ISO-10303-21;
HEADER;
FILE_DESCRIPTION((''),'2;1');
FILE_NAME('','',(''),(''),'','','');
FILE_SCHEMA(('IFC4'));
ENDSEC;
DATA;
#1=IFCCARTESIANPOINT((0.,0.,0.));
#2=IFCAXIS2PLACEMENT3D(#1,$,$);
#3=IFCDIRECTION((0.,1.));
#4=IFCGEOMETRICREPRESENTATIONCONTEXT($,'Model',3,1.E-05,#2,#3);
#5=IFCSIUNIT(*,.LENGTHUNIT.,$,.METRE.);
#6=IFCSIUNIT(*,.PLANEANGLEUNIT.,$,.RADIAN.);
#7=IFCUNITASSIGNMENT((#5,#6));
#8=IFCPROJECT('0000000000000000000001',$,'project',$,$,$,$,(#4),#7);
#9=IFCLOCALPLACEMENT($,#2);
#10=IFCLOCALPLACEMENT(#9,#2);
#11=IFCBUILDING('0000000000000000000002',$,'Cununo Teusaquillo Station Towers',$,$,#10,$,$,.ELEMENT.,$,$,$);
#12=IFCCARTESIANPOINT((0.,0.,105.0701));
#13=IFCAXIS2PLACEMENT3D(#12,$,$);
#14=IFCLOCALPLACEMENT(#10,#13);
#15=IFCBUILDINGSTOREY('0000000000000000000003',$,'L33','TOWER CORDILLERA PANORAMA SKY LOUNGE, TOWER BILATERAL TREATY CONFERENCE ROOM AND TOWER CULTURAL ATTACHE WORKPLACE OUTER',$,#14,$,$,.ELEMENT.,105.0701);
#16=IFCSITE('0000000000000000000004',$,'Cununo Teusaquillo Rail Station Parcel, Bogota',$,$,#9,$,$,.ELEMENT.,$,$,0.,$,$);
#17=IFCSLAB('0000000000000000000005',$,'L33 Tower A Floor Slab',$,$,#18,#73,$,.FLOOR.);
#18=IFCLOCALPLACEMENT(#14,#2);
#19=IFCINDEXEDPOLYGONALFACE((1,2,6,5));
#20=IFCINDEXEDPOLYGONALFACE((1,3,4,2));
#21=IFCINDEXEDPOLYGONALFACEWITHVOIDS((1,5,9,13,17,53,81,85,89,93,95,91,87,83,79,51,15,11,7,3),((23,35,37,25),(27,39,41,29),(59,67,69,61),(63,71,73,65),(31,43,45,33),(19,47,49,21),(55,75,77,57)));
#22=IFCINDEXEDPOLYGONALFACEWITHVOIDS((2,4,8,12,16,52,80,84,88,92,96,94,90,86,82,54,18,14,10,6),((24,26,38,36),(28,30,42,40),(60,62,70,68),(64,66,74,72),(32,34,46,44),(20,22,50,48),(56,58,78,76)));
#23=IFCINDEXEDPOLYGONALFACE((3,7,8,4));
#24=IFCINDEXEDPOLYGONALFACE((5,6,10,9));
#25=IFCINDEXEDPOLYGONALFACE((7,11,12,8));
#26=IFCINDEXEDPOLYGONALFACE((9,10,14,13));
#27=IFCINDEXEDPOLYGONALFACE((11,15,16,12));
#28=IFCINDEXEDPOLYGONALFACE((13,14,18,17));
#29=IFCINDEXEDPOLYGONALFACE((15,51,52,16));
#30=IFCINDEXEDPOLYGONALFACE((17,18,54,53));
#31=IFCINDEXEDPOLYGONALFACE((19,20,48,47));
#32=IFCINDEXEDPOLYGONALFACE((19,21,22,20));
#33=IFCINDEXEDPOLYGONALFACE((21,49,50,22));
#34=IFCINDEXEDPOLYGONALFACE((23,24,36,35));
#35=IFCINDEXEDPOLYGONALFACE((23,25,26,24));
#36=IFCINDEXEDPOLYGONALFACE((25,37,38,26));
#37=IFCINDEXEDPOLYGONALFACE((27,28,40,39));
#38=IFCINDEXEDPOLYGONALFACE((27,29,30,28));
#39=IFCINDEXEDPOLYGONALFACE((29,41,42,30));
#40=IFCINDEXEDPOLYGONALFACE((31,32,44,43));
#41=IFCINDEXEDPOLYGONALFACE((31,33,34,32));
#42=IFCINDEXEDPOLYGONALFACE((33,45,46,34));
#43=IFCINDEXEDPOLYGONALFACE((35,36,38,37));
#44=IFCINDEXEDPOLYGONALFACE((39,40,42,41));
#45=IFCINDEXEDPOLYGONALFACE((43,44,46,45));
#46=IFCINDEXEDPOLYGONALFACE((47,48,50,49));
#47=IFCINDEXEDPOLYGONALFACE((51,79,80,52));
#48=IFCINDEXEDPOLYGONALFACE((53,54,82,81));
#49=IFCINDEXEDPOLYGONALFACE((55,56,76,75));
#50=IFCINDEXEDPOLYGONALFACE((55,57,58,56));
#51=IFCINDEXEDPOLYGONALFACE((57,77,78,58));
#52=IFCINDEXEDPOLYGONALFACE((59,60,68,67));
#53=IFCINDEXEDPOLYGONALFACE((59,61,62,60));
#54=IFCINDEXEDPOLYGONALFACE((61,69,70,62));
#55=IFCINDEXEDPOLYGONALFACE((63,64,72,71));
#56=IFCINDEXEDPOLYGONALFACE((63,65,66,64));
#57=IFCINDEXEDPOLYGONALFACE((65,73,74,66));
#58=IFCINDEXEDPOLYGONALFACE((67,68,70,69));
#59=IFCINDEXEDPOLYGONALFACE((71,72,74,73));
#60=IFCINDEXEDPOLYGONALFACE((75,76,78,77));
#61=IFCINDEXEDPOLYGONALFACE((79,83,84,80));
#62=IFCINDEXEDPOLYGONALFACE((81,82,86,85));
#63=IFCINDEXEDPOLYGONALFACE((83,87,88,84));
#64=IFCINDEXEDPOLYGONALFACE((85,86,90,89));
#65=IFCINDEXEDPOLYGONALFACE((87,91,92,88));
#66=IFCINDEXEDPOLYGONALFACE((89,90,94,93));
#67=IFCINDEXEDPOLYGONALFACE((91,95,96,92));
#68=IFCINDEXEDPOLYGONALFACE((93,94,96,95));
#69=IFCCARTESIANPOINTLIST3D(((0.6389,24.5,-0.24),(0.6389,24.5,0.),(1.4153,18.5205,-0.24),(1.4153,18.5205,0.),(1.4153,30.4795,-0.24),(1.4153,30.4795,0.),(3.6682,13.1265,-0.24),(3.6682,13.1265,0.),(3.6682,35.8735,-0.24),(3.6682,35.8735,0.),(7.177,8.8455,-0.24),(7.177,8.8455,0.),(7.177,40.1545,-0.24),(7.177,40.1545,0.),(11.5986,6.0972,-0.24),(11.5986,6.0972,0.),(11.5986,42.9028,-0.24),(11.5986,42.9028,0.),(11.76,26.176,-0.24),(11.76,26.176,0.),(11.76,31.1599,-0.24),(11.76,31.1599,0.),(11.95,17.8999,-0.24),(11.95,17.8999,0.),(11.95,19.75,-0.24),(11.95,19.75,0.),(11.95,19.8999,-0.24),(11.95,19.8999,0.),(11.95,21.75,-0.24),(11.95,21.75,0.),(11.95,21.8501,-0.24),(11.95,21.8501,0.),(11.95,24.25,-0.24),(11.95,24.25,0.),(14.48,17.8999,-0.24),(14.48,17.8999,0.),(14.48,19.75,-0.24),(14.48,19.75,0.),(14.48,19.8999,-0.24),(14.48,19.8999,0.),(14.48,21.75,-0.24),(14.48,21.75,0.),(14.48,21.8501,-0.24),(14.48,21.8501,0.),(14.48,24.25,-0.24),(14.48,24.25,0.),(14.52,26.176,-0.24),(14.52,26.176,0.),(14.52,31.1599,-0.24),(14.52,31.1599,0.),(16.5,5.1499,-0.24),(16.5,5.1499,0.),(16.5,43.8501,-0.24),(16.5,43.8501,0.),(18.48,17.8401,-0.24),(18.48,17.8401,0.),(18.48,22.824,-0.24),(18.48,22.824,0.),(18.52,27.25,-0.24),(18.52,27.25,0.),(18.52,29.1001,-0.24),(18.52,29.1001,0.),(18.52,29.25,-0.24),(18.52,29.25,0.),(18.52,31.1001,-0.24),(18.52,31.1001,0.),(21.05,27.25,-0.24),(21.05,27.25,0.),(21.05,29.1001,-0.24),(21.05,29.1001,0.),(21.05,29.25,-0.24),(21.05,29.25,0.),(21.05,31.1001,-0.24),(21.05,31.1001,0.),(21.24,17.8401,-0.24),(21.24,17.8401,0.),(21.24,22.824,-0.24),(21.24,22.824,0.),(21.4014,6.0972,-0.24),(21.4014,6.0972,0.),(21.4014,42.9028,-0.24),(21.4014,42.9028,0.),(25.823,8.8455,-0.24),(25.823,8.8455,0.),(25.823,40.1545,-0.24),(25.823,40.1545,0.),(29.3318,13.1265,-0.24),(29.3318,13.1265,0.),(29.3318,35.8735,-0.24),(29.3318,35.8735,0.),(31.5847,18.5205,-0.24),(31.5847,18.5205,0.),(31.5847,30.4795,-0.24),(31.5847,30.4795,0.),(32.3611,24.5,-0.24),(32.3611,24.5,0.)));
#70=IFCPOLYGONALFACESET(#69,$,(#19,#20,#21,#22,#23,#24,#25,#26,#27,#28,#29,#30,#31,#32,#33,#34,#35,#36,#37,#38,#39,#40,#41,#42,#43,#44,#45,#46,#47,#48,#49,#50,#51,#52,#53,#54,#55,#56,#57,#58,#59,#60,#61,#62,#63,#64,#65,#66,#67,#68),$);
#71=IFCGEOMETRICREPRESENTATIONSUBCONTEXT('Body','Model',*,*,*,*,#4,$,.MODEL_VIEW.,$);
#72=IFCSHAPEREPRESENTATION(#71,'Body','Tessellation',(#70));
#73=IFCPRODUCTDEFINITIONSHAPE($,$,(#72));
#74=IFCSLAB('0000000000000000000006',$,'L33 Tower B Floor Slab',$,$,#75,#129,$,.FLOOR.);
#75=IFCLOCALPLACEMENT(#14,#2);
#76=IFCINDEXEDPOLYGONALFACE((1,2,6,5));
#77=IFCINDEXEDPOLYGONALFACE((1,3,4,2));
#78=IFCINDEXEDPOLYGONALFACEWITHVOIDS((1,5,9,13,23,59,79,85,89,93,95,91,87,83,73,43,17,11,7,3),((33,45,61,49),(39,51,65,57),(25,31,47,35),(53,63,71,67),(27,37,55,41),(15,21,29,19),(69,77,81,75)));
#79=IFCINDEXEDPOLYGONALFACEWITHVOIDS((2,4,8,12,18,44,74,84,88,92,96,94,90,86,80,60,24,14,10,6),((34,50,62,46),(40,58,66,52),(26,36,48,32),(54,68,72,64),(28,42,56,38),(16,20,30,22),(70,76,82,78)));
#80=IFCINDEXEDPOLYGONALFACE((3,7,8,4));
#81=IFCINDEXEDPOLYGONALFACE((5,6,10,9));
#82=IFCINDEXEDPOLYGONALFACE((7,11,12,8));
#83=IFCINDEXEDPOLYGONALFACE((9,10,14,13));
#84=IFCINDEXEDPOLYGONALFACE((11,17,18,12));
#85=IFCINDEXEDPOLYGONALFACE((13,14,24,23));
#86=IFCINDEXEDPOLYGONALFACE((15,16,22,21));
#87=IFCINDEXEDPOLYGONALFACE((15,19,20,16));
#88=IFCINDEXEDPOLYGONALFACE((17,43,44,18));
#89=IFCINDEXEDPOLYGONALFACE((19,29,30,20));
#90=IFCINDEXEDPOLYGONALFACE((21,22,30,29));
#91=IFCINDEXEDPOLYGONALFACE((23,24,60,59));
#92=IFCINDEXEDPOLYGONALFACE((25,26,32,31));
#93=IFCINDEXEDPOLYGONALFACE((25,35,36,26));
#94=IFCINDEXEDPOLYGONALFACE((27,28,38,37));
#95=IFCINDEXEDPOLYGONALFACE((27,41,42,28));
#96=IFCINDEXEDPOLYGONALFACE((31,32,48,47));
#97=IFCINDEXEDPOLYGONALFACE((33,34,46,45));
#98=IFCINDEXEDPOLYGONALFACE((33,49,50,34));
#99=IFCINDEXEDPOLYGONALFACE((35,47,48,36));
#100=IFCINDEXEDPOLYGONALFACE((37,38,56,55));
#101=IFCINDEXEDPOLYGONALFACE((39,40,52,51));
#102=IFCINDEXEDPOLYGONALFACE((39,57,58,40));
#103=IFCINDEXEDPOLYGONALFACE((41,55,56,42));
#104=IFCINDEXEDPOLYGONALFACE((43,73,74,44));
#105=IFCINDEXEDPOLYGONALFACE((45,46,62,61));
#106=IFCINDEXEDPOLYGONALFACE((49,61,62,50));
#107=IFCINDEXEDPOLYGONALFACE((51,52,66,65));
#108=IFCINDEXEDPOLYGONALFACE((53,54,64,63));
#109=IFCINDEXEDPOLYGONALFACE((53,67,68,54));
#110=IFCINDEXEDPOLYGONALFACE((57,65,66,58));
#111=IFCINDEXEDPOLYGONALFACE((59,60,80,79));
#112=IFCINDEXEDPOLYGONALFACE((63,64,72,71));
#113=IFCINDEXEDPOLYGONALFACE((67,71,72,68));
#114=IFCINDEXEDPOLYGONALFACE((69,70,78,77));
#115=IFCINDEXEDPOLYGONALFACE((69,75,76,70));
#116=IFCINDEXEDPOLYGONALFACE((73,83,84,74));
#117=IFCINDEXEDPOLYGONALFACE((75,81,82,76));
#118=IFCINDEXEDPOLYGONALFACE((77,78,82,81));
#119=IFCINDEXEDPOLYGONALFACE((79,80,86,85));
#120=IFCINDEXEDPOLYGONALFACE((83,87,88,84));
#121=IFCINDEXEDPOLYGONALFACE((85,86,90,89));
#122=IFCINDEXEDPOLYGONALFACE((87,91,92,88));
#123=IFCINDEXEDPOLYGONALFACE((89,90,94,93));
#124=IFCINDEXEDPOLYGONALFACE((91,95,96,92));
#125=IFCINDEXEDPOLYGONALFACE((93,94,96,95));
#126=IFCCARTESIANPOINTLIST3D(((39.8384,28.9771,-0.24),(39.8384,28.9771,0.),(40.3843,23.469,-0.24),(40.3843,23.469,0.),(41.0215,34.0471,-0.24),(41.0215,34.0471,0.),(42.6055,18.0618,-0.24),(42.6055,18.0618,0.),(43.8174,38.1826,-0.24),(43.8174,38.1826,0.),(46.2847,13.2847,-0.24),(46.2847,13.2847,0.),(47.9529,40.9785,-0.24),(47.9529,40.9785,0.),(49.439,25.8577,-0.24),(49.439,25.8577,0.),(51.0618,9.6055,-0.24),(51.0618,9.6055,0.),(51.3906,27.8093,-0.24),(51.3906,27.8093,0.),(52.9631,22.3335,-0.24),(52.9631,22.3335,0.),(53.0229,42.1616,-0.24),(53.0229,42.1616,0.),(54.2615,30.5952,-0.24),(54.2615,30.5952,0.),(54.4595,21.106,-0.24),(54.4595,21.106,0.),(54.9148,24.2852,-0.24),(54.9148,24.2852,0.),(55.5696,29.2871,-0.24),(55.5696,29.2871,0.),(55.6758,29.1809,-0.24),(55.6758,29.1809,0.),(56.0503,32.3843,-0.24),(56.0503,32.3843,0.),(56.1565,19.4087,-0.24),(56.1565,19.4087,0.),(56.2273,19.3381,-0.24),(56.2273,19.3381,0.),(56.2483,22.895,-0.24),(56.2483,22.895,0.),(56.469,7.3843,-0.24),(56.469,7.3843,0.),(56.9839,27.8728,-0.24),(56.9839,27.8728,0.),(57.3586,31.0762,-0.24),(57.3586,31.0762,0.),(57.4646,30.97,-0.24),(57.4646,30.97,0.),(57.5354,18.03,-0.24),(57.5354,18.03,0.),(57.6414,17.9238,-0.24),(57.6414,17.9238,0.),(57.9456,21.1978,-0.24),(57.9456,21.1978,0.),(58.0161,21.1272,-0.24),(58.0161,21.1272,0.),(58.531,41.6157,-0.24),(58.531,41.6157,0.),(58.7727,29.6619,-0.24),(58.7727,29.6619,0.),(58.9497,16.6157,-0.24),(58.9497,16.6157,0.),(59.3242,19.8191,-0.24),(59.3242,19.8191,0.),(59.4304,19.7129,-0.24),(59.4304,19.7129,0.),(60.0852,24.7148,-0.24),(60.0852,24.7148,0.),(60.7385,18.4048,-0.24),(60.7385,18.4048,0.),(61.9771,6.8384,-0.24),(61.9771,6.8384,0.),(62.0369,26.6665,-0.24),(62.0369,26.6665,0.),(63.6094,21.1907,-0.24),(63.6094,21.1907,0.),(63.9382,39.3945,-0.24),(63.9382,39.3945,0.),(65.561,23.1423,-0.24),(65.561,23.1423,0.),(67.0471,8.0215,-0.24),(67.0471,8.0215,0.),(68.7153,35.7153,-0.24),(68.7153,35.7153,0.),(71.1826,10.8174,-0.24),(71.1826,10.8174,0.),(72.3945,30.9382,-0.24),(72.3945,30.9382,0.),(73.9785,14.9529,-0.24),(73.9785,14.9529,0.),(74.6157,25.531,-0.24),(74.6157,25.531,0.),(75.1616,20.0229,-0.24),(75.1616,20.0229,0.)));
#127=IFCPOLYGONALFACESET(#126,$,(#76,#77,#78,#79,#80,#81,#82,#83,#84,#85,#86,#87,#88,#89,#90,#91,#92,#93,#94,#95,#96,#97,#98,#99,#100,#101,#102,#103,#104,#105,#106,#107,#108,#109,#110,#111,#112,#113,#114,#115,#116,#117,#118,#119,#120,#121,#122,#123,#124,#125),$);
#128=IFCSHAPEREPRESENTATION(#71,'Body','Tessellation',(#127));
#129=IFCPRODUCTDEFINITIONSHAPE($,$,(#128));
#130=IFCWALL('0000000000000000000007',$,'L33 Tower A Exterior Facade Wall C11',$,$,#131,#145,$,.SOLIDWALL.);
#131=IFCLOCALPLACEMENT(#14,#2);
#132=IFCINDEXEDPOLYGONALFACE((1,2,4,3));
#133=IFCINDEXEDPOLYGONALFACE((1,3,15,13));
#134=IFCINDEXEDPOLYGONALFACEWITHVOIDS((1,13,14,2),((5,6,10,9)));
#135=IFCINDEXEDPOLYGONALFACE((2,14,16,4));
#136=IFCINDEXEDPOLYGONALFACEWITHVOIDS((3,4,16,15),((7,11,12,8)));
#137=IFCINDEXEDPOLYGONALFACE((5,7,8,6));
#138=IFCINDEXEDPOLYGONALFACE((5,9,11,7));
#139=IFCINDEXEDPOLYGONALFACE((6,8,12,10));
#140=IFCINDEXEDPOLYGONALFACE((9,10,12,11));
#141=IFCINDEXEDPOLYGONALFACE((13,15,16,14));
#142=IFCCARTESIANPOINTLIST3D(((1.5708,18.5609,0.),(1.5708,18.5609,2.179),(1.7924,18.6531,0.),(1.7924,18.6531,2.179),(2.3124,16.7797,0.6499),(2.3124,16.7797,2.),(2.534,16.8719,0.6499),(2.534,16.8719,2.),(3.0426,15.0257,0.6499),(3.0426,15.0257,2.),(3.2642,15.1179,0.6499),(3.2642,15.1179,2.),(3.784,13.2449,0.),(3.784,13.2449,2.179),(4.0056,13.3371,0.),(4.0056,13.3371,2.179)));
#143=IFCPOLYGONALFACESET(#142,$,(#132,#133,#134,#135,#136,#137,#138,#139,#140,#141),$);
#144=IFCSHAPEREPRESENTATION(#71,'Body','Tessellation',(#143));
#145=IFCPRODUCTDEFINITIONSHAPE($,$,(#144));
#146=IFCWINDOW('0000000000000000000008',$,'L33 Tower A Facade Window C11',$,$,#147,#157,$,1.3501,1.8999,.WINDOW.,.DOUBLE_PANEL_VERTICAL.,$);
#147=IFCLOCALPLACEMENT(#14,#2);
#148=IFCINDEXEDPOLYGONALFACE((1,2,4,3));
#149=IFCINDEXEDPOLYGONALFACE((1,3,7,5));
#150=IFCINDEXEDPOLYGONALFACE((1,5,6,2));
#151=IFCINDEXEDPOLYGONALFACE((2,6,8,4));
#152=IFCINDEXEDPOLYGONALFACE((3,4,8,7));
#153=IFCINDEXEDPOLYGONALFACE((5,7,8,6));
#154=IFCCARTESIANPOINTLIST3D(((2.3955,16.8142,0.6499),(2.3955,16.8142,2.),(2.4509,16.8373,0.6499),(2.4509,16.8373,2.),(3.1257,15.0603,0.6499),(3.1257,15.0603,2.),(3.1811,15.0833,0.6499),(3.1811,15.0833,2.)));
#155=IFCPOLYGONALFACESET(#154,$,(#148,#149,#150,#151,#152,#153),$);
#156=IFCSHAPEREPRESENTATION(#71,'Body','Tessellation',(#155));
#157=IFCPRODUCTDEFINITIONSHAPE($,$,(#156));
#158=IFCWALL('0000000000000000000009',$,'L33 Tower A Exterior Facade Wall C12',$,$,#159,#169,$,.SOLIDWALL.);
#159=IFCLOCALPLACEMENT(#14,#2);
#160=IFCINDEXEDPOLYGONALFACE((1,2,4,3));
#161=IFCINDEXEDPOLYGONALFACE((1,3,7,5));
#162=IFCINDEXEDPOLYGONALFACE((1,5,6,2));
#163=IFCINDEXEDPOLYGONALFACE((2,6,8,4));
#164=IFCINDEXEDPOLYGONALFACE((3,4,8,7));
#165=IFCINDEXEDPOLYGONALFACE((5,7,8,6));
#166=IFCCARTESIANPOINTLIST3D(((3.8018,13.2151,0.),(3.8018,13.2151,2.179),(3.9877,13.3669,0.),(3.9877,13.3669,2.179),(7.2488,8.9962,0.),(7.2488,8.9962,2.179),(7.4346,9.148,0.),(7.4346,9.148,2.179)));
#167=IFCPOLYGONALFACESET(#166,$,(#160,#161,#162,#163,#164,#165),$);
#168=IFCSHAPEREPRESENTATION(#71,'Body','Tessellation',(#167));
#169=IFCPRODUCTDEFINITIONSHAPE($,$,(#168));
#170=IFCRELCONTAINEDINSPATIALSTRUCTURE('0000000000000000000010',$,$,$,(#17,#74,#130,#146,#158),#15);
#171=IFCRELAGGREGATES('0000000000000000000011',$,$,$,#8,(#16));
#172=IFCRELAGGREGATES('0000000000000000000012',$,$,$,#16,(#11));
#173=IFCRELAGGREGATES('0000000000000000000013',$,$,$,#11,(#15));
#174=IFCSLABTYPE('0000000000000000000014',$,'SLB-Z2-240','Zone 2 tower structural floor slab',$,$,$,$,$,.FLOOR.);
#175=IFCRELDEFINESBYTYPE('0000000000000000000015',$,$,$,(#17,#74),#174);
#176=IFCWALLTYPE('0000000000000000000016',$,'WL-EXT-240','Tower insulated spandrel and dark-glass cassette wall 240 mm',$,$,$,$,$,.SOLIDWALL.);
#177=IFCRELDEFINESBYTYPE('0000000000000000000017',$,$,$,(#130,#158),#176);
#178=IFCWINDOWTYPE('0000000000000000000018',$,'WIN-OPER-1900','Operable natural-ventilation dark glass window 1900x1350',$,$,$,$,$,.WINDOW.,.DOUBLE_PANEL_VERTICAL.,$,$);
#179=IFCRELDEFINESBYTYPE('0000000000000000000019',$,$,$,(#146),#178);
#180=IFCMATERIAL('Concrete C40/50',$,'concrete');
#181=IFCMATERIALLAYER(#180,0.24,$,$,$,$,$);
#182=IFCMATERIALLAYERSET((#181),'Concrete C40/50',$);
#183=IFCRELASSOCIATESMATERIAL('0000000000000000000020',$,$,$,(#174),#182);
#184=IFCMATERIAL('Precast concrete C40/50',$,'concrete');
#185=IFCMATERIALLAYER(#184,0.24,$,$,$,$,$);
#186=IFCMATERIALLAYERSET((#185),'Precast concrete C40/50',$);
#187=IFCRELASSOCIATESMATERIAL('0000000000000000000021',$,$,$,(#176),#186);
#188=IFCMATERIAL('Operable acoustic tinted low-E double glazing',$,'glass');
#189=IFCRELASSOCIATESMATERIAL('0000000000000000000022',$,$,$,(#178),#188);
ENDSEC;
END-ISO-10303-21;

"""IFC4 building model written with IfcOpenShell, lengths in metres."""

from ifc_helpers import new_model, si_unit, direction, frame, frame_2d, origin, place, context, subcontext, project, spatial, polyline, rectangle, outline, extrude, source, transform, mapped, material, layer, layer_set, type_object, element, fill, save


model = new_model("IFC4")

# Units and contexts
model_context = context("Model", 3, precision=1e-05, world=origin(), true_north=direction((0.0, 1.0)))
body_context = subcontext(model_context, "Body", "Model", "MODEL_VIEW")
ifc_project = project(units=[si_unit("LENGTHUNIT", "METRE"), si_unit("PLANEANGLEUNIT", "RADIAN")], contexts=[model_context])

# Site, building, storey
site_placement = place(None, origin())
site = spatial("IfcSite", under=ifc_project, at=site_placement, Name="Cununo Teusaquillo Rail Station Parcel, Bogota", CompositionType="ELEMENT", RefElevation=0.0)
building_placement = place(site_placement, origin())
building = spatial("IfcBuilding", under=site, at=building_placement, Name="Cununo Teusaquillo Station Towers", CompositionType="ELEMENT")
storey_placement = place(building_placement, frame((0.0, 0.0, 105.0701)))
storey = spatial("IfcBuildingStorey", under=building, at=storey_placement, Name="L33", Description="TOWER CORDILLERA PANORAMA SKY LOUNGE, TOWER BILATERAL TREATY CONFERENCE ROOM AND TOWER CULTURAL ATTACHE WORKPLACE OUTER", CompositionType="ELEMENT", Elevation=105.0701)

# Slabs
ifc_material_1 = material(Name="Concrete C40/50", Category="concrete")
ifc_layer_1 = layer(ifc_material_1, 0.24)
ifc_layer_set_1 = layer_set([ifc_layer_1], Name="Concrete C40/50")
slab_type_1 = type_object("IfcSlabType", Name="SLB-Z2-240", Description="Zone 2 tower structural floor slab", PredefinedType="FLOOR", material=ifc_layer_set_1)
slab_1_placement = place(storey_placement, frame((0.0, 0.0, -0.24)))
element("IfcSlab", 1, at=slab_1_placement, inside=storey, type_object=slab_type_1, Name="L33 Tower A Floor Slab", PredefinedType="FLOOR", context=body_context, shape_type="SweptSolid", body=[
    extrude(outline(polyline([(32.3611, 24.5), (31.5847, 30.4795), (29.3318, 35.8735), (25.823, 40.1545), (21.4014, 42.9028), (16.5, 43.8501), (11.5986, 42.9028), (7.177, 40.1545), (3.6682, 35.8735), (1.4153, 30.4795), (0.6389, 24.5), (1.4153, 18.5205), (3.6682, 13.1265), (7.177, 8.8455), (11.5986, 6.0972), (16.5, 5.1499), (21.4014, 6.0972), (25.823, 8.8455), (29.3318, 13.1265), (31.5847, 18.5205), (32.3611, 24.5)]), holes=[polyline([(14.52, 26.176), (14.52, 31.1599), (11.76, 31.1599), (11.76, 26.176), (14.52, 26.176)]), polyline([(18.48, 22.824), (18.48, 17.8401), (21.24, 17.8401), (21.24, 22.824), (18.48, 22.824)]), polyline([(11.95, 21.8501), (14.48, 21.8501), (14.48, 24.25), (11.95, 24.25), (11.95, 21.8501)]), polyline([(11.95, 17.8999), (14.48, 17.8999), (14.48, 19.75), (11.95, 19.75), (11.95, 17.8999)]), polyline([(11.95, 19.8999), (14.48, 19.8999), (14.48, 21.75), (11.95, 21.75), (11.95, 19.8999)]), polyline([(18.52, 27.25), (21.05, 27.25), (21.05, 29.1001), (18.52, 29.1001), (18.52, 27.25)]), polyline([(18.52, 29.25), (21.05, 29.25), (21.05, 31.1001), (18.52, 31.1001), (18.52, 29.25)])]), origin(), (0.0, 0.0, 1.0), 0.24),
])
slab_2_placement = place(storey_placement, frame((0.0, 0.0, -0.24)))
element("IfcSlab", 2, at=slab_2_placement, inside=storey, type_object=slab_type_1, Name="L33 Tower B Floor Slab", PredefinedType="FLOOR", context=body_context, shape_type="SweptSolid", body=[
    extrude(outline(polyline([(68.7153, 35.7153), (63.9382, 39.3945), (58.531, 41.6157), (53.0229, 42.1616), (47.9529, 40.9785), (43.8174, 38.1826), (41.0215, 34.0471), (39.8384, 28.9771), (40.3843, 23.469), (42.6055, 18.0618), (46.2847, 13.2847), (51.0618, 9.6055), (56.469, 7.3843), (61.9771, 6.8384), (67.0471, 8.0215), (71.1826, 10.8174), (73.9785, 14.9529), (75.1616, 20.0229), (74.6157, 25.531), (72.3945, 30.9382), (68.7153, 35.7153)]), holes=[polyline([(54.9148, 24.2852), (51.3906, 27.8093), (49.439, 25.8577), (52.9631, 22.3335), (54.9148, 24.2852)]), polyline([(60.0852, 24.7148), (63.6094, 21.1907), (65.561, 23.1423), (62.0369, 26.6665), (60.0852, 24.7148)]), polyline([(56.1565, 19.4087), (57.9456, 21.1978), (56.2483, 22.895), (54.4595, 21.106), (56.1565, 19.4087)]), polyline([(58.9497, 16.6157), (60.7385, 18.4048), (59.4304, 19.7129), (57.6414, 17.9238), (58.9497, 16.6157)]), polyline([(57.5354, 18.03), (59.3242, 19.8191), (58.0161, 21.1272), (56.2273, 19.3381), (57.5354, 18.03)]), polyline([(56.9839, 27.8728), (58.7727, 29.6619), (57.4646, 30.97), (55.6758, 29.1809), (56.9839, 27.8728)]), polyline([(55.5696, 29.2871), (57.3586, 31.0762), (56.0503, 32.3843), (54.2615, 30.5952), (55.5696, 29.2871)])]), origin(), (0.0, 0.0, 1.0), 0.24),
])

# Wall, opening, window
ifc_material_2 = material(Name="Precast concrete C40/50", Category="concrete")
ifc_layer_2 = layer(ifc_material_2, 0.24)
ifc_layer_set_2 = layer_set([ifc_layer_2], Name="Precast concrete C40/50")
wall_type_1 = type_object("IfcWallType", Name="WL-EXT-240", Description="Tower insulated spandrel and dark-glass cassette wall 240 mm", PredefinedType="SOLIDWALL", material=ifc_layer_set_2)
wall_1_placement = place(storey_placement, frame((3.8948, 13.291, 0.0), z_axis=(0.0, 0.0, 1.0), x_axis=(-0.384344, 0.92319, 0.0)))
wall_1 = element("IfcWall", 3, at=wall_1_placement, inside=storey, type_object=wall_type_1, Name="L33 Tower A Exterior Facade Wall C11", PredefinedType="SOLIDWALL", context=body_context, shape_type="SweptSolid", body=[
    extrude(rectangle(XDim=5.7583, YDim=0.24, at=frame_2d((2.8792, 0.0))), origin(), (0.0, 0.0, 1.0), 2.179),
])
shared_shape_1 = source(origin(), body_context, "Body", "SweptSolid", [
    extrude(rectangle(XDim=1.8999, YDim=1.3501, at=frame_2d((0.95, 0.675))), frame((0.0, 0.1299, 0.0), z_axis=(0.0, -1.0, 0.0), x_axis=(1.0, 0.0, 0.0)), (0.0, 0.0, 1.0), 0.26),
])
opening_1_placement = place(wall_1_placement, frame((1.929, 0.0, 0.6499)))
opening_1 = element("IfcOpeningElement", 4, at=opening_1_placement, cuts=wall_1, PredefinedType="OPENING", context=body_context, shape_type="MappedRepresentation", body=[
    mapped(shared_shape_1, transform((0.0, 0.0, 0.0), x_axis=(1.0, 0.0, 0.0), y_axis=(0.0, 1.0, 0.0), z_axis=(0.0, 0.0, 1.0), scale=1.0)),
])
ifc_material_3 = material(Name="Operable acoustic tinted low-E double glazing", Category="glass")
window_type = type_object("IfcWindowType", Name="WIN-OPER-1900", Description="Operable natural-ventilation dark glass window 1900x1350", PartitioningType="DOUBLE_PANEL_VERTICAL", PredefinedType="WINDOW", material=ifc_material_3)
shared_shape_2 = source(origin(), body_context, "Body", "SweptSolid", [
    extrude(rectangle(XDim=1.8999, YDim=1.3501, at=frame_2d((0.95, 0.675))), frame((0.0, 0.03, 0.0), z_axis=(0.0, -1.0, 0.0), x_axis=(1.0, 0.0, 0.0)), (0.0, 0.0, 1.0), 0.0601),
])
window_1_placement = place(opening_1_placement, origin())
window_1 = element("IfcWindow", 5, at=window_1_placement, inside=storey, type_object=window_type, Name="L33 Tower A Facade Window C11", OverallHeight=1.3501, OverallWidth=1.8999, PartitioningType="DOUBLE_PANEL_VERTICAL", PredefinedType="WINDOW", context=body_context, shape_type="MappedRepresentation", body=[
    mapped(shared_shape_2, transform((0.0, 0.0, 0.0), x_axis=(1.0, 0.0, 0.0), y_axis=(0.0, 1.0, 0.0), z_axis=(0.0, 0.0, 1.0), scale=1.0)),
])
fill(opening_1, window_1)

# Wall
wall_2_placement = place(storey_placement, frame((7.3418, 9.072, 0.0), z_axis=(0.0, 0.0, 1.0), x_axis=(-0.632701, 0.774396, 0.0)))
element("IfcWall", 6, at=wall_2_placement, inside=storey, type_object=wall_type_1, Name="L33 Tower A Exterior Facade Wall C12", PredefinedType="SOLIDWALL", context=body_context, shape_type="SweptSolid", body=[
    extrude(rectangle(XDim=5.448, YDim=0.24, at=frame_2d((2.7241, 0.0))), origin(), (0.0, 0.0, 1.0), 2.179),
])

save(model, "model.ifc")
